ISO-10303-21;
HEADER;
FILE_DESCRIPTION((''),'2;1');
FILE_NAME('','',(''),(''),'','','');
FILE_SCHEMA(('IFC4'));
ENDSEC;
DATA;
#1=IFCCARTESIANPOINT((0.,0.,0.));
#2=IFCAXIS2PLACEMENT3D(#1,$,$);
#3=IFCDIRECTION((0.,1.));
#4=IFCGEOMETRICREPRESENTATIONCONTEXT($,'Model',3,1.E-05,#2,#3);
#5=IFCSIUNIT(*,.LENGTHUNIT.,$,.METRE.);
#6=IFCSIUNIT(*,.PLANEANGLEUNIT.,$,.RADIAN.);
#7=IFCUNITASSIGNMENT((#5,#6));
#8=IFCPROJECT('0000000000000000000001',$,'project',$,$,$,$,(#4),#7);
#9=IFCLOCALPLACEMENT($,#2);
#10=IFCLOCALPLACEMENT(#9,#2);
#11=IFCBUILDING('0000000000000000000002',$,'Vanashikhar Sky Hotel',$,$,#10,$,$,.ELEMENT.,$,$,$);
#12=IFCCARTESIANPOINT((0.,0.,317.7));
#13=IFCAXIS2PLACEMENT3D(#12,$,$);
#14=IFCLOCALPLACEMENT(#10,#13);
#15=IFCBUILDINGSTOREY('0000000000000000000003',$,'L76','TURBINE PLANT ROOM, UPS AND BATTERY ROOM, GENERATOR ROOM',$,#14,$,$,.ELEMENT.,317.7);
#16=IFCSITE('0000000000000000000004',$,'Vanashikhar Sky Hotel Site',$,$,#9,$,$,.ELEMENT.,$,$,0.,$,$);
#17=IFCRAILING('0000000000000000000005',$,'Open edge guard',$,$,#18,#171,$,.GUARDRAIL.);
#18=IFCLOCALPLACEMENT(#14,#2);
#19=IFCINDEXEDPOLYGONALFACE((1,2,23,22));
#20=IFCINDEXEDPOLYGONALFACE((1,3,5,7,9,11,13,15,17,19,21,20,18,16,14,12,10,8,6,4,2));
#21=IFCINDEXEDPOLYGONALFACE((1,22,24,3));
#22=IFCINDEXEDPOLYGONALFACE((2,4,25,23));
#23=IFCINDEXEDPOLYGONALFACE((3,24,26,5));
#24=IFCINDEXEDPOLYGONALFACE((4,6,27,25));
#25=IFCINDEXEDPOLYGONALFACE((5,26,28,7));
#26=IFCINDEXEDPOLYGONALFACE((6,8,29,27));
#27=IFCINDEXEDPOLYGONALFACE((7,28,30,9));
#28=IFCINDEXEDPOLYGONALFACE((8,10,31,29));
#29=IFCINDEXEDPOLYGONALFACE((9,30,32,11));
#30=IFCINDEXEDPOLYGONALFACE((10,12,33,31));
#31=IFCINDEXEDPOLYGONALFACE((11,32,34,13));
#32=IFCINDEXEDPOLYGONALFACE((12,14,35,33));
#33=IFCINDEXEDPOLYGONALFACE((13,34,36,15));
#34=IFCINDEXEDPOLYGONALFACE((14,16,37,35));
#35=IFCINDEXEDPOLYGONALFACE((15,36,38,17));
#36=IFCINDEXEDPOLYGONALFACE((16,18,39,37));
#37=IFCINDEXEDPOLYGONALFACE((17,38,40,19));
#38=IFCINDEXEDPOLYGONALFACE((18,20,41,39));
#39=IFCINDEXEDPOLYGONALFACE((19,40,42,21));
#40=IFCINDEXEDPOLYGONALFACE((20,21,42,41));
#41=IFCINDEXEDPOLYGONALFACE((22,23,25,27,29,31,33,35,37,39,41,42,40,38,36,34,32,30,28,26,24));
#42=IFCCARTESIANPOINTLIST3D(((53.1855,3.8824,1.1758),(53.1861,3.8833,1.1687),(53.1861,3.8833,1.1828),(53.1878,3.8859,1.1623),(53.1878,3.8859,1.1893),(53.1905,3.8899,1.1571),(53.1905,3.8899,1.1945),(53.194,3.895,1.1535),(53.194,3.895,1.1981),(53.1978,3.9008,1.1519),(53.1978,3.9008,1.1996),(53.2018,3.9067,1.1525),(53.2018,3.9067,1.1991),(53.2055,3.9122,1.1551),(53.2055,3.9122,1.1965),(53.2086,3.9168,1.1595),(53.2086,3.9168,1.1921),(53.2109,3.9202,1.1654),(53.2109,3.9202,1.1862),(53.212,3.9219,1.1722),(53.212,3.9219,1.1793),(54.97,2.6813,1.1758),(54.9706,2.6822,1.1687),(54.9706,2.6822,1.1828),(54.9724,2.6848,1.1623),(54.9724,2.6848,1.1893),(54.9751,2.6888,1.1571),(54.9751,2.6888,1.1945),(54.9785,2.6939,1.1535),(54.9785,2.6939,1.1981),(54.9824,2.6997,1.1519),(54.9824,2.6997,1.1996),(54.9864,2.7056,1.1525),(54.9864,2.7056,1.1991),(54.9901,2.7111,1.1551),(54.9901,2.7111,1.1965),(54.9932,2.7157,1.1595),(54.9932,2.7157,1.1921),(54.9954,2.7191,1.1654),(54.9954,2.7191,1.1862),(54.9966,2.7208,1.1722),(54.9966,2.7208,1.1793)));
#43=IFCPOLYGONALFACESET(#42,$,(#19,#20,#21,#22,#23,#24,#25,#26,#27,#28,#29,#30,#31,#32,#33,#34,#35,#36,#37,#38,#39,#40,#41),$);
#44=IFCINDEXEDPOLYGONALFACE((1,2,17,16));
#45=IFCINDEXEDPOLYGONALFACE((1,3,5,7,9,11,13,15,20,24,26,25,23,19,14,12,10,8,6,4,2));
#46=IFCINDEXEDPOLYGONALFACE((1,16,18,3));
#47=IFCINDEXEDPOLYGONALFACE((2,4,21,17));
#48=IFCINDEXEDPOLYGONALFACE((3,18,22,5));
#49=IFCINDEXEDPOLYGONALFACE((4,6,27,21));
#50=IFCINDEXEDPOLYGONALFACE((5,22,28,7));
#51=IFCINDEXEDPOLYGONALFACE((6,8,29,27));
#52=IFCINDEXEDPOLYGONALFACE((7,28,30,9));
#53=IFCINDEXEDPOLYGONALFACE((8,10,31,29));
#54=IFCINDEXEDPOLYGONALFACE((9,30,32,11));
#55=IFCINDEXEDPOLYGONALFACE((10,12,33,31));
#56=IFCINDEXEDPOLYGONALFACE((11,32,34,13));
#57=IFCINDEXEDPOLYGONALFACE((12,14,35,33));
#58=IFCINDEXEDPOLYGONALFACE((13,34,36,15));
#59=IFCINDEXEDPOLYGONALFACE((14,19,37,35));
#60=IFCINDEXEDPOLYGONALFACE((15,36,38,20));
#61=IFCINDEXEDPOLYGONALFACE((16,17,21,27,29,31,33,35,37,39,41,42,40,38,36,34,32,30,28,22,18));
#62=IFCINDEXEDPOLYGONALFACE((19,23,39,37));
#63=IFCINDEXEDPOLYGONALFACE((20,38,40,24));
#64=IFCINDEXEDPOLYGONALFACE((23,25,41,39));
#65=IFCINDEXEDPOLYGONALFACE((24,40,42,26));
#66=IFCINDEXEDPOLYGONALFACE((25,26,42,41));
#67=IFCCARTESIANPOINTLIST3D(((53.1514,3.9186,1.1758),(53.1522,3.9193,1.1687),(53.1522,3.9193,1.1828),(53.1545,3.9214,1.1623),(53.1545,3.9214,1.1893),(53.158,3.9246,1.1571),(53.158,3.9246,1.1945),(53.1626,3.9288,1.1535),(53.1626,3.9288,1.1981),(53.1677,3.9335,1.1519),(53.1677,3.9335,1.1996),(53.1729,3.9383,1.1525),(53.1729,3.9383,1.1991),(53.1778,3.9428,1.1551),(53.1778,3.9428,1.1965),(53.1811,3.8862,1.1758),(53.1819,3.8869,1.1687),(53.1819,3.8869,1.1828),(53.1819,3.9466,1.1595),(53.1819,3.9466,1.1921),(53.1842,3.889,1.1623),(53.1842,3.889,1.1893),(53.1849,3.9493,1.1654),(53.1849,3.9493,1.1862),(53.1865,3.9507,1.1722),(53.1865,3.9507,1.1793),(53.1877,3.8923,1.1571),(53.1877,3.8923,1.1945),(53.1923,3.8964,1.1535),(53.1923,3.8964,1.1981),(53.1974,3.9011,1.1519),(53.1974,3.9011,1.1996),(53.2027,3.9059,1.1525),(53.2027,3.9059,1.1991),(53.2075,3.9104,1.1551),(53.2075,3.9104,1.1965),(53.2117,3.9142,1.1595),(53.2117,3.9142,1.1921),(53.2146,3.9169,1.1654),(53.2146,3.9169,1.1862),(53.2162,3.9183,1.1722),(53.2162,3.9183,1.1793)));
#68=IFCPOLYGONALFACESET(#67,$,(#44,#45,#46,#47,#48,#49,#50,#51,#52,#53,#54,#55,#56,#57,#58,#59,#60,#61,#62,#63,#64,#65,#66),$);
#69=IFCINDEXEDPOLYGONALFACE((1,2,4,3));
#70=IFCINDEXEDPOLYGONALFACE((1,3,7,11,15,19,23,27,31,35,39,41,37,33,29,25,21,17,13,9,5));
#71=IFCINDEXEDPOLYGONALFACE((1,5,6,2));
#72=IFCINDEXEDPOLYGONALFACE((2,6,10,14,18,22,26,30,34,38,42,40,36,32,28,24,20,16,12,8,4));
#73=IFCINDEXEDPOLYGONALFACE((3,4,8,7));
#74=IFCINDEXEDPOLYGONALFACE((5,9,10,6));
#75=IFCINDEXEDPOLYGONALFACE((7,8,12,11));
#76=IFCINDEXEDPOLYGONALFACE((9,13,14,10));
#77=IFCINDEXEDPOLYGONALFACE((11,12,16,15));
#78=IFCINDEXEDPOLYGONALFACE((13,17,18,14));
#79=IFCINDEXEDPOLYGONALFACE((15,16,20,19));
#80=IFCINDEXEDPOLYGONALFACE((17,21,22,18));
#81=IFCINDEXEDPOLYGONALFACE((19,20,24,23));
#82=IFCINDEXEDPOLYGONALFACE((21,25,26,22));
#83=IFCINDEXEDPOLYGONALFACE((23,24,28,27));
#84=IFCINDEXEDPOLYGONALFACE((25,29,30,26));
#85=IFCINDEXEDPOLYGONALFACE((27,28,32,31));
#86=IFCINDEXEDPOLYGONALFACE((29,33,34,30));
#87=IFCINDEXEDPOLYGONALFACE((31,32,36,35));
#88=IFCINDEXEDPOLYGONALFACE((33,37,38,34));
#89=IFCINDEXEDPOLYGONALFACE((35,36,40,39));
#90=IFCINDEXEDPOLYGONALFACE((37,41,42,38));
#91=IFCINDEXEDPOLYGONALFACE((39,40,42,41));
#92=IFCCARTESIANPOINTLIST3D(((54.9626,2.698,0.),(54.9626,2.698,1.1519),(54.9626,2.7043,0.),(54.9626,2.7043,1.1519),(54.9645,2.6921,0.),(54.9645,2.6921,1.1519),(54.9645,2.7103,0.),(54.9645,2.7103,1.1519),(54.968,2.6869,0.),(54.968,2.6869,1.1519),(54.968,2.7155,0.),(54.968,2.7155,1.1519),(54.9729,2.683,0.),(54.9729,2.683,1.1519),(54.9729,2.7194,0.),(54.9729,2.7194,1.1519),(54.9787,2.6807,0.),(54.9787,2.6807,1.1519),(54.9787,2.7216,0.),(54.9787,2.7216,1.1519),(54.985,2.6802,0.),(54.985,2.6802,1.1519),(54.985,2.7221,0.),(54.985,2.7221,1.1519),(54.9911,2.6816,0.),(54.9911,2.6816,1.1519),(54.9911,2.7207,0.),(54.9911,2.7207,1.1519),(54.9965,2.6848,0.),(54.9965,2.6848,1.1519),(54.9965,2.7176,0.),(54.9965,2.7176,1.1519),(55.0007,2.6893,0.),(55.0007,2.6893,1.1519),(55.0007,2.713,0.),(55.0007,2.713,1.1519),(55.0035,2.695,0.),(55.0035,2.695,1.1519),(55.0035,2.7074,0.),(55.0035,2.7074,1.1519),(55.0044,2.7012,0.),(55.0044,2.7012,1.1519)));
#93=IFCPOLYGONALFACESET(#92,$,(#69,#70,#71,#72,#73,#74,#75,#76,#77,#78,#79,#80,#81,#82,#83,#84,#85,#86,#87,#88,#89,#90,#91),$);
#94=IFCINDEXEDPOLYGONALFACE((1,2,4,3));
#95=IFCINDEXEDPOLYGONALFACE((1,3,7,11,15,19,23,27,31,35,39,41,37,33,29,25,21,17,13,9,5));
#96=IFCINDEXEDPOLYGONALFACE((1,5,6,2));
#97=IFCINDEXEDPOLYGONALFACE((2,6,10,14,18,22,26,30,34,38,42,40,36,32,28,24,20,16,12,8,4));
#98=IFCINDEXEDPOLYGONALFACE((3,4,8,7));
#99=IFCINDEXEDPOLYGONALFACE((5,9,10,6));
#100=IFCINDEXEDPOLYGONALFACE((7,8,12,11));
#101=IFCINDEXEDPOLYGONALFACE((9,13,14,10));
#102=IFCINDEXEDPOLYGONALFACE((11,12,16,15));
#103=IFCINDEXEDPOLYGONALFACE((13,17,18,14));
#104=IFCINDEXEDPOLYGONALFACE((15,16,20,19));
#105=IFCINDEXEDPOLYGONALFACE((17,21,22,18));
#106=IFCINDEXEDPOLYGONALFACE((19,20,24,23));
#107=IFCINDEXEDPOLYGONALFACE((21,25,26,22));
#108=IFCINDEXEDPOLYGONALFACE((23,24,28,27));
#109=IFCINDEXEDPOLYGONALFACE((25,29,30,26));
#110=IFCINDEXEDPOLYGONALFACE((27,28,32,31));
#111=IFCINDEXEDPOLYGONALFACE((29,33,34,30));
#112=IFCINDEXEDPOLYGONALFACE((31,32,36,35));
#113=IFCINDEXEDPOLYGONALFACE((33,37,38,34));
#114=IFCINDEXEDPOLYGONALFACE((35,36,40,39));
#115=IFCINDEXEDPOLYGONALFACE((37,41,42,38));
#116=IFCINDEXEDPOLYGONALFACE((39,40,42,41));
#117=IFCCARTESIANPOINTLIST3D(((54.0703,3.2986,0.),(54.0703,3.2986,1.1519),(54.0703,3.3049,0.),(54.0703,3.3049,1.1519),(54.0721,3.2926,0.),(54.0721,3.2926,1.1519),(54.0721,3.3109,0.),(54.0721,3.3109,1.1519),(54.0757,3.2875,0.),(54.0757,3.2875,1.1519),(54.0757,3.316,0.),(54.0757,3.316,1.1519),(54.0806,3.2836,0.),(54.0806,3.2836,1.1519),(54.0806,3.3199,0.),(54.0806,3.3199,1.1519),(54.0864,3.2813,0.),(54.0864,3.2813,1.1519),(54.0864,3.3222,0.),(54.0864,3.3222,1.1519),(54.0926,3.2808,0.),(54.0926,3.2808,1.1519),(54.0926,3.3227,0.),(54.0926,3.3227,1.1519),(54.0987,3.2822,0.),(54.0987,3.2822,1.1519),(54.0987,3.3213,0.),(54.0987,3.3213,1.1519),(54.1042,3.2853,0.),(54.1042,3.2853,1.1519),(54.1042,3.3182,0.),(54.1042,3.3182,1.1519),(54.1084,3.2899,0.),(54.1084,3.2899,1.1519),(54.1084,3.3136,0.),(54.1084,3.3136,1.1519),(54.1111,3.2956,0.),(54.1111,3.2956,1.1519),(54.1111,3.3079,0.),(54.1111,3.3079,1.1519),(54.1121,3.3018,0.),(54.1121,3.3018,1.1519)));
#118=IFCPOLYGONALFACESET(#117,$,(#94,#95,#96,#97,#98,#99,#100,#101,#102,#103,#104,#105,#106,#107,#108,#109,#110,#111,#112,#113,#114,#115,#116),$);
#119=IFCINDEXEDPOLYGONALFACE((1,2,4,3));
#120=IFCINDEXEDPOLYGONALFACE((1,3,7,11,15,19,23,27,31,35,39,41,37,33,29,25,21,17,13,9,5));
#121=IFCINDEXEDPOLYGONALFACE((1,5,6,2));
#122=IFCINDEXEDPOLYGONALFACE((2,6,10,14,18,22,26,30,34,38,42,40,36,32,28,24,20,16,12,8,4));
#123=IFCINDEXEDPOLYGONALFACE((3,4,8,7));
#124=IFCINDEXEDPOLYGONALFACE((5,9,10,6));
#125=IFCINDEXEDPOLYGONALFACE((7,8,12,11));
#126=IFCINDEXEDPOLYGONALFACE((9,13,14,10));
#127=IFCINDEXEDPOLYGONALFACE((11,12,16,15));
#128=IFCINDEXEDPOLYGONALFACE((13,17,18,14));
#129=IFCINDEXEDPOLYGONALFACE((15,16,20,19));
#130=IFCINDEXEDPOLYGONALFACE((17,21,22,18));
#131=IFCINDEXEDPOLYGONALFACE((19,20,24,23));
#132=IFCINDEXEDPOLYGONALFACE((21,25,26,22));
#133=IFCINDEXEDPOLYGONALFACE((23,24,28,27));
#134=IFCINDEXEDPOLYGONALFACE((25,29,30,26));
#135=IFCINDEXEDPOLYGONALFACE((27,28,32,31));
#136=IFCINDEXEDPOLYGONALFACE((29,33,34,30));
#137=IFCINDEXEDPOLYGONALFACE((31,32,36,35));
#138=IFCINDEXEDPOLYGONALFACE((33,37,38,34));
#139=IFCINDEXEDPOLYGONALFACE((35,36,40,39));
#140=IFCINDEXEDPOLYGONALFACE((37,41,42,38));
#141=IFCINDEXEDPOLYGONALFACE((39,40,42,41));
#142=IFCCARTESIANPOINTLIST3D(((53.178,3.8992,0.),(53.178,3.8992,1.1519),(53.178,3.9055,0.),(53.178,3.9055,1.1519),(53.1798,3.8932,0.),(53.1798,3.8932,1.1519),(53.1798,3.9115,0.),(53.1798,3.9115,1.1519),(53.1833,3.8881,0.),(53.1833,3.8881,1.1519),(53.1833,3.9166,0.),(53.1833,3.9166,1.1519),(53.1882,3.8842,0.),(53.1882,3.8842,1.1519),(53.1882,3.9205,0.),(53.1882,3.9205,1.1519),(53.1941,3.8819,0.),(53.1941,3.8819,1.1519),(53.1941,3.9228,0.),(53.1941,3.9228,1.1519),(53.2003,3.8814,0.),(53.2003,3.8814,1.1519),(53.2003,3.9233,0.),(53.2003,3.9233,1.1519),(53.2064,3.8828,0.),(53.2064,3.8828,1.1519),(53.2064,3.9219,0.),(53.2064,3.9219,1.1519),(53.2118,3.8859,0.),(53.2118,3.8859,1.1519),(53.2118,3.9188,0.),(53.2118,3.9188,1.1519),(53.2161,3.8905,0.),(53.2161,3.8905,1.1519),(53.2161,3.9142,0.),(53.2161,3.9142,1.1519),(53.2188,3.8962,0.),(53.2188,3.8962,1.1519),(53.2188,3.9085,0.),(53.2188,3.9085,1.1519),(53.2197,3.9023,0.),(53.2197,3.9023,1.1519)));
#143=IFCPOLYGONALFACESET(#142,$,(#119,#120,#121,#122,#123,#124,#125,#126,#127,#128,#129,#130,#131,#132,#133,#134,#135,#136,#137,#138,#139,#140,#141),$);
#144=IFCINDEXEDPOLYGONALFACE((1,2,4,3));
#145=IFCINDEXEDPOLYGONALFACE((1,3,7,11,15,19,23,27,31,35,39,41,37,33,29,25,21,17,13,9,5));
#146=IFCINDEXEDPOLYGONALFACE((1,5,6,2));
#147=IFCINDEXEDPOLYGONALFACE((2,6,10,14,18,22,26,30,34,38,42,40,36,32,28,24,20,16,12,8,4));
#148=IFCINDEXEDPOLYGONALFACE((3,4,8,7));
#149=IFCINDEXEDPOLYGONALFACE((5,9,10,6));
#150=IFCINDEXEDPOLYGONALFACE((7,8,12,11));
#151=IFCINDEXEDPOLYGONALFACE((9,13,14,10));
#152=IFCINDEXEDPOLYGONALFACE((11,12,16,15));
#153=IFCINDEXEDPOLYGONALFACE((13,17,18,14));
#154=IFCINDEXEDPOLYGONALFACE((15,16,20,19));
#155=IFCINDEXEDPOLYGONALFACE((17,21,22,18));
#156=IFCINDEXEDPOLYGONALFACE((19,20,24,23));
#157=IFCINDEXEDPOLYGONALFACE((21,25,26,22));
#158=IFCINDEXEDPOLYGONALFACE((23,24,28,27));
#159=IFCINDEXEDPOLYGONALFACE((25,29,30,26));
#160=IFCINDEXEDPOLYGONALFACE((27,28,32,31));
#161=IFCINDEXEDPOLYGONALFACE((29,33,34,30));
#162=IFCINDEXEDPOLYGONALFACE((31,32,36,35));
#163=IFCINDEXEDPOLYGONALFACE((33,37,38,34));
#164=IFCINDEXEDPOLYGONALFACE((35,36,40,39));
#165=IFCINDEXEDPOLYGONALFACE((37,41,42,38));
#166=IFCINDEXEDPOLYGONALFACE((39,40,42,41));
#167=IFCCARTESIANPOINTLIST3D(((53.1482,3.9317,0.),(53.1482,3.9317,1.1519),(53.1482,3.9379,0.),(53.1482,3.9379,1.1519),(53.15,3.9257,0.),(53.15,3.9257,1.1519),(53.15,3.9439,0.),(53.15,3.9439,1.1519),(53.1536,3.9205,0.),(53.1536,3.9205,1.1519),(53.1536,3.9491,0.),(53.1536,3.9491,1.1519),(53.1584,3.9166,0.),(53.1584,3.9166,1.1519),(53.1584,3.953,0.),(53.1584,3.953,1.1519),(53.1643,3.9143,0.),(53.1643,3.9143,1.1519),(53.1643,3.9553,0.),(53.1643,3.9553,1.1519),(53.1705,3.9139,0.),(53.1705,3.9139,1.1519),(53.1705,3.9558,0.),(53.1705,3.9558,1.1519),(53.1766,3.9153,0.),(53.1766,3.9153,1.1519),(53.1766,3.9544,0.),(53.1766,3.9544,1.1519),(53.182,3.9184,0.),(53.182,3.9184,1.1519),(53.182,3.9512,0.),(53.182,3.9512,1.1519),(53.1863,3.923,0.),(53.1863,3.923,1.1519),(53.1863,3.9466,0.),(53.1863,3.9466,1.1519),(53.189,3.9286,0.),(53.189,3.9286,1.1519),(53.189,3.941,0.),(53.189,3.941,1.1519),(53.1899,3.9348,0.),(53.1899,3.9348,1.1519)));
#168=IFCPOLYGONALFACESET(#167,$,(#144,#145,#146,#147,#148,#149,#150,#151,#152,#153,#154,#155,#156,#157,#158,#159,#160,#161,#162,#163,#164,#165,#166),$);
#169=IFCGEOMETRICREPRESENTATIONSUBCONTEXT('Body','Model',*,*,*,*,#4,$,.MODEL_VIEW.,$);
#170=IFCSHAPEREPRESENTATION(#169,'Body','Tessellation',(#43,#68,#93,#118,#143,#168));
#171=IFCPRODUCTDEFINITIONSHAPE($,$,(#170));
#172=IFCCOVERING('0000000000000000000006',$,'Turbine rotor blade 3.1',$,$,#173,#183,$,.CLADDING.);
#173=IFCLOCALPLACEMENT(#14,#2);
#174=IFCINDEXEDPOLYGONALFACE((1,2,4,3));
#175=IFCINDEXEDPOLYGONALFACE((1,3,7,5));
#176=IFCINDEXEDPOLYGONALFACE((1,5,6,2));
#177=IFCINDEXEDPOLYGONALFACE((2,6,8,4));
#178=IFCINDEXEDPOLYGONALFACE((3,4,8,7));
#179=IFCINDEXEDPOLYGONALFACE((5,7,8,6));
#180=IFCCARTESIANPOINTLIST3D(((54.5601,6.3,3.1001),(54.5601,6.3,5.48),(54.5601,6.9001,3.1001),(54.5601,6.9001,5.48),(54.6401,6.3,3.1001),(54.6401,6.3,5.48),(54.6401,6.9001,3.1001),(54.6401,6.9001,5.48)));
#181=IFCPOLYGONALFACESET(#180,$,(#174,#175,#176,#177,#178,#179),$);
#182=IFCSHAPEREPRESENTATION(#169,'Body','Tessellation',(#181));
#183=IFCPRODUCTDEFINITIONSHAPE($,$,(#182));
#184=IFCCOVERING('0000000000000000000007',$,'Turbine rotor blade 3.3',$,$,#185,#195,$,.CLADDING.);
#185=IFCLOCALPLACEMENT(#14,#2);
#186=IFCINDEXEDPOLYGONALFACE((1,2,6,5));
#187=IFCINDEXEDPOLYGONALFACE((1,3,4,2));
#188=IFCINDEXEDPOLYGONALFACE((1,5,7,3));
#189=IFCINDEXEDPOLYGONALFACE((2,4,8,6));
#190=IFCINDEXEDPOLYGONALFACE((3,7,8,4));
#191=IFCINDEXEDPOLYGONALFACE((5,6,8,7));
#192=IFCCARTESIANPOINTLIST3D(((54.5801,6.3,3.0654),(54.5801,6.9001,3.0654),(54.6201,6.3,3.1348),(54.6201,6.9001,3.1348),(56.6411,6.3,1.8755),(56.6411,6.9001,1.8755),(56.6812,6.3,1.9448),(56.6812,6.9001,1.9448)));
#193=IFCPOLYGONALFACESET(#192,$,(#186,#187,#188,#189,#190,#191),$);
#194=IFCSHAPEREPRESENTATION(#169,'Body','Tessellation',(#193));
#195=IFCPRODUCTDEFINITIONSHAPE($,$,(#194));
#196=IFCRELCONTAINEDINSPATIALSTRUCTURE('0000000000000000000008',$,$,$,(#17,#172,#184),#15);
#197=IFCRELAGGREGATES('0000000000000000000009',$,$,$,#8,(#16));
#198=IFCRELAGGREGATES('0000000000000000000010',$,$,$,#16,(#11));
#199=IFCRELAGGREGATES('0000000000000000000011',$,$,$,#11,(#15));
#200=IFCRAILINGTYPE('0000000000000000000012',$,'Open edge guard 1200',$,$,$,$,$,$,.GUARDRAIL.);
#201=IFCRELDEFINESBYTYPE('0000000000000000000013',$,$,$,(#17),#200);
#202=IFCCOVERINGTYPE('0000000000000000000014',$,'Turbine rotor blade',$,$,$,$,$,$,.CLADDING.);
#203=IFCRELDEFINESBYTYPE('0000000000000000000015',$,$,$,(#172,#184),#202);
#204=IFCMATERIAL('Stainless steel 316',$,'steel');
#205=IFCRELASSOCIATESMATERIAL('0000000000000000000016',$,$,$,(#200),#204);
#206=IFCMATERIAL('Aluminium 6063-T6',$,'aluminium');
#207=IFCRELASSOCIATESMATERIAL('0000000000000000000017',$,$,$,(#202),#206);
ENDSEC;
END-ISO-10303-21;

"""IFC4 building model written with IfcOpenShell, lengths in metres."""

from ifc_helpers import new_model, si_unit, direction, frame, origin, origin_2d, place, context, subcontext, project, spatial, rectangle, circle, extrude, source, transform, mapped, material, material_profile, profile_set, type_object, element, save


model = new_model("IFC4")

# Units and contexts
model_context = context("Model", 3, precision=1e-05, world=origin(), true_north=direction((0.0, 1.0)))
body_context = subcontext(model_context, "Body", "Model", "MODEL_VIEW")
ifc_project = project(units=[si_unit("LENGTHUNIT", "METRE"), si_unit("PLANEANGLEUNIT", "RADIAN")], contexts=[model_context])

# Site, building, storey
site_placement = place(None, origin())
site = spatial("IfcSite", under=ifc_project, at=site_placement, Name="Vanashikhar Sky Hotel Site", CompositionType="ELEMENT", RefElevation=0.0)
building_placement = place(site_placement, origin())
building = spatial("IfcBuilding", under=site, at=building_placement, Name="Vanashikhar Sky Hotel", CompositionType="ELEMENT")
storey_placement = place(building_placement, frame((0.0, 0.0, 317.7)))
storey = spatial("IfcBuildingStorey", under=building, at=storey_placement, Name="L76", Description="TURBINE PLANT ROOM, UPS AND BATTERY ROOM, GENERATOR ROOM", CompositionType="ELEMENT", Elevation=317.7)

# Railing
ifc_material_1 = material(Name="Stainless steel 316", Category="steel")
railing_type = type_object("IfcRailingType", Name="Open edge guard 1200", PredefinedType="GUARDRAIL", material=ifc_material_1)
shared_shape_1 = source(origin(), body_context, "Body", "SweptSolid", [
    extrude(circle(Radius=0.0239, at=origin_2d()), frame((0.0, 0.0, 1.1758), z_axis=(-0.829598, 0.558361, 0.0), x_axis=(-0.558361, -0.829598, 0.0)), (0.0, 0.0, 1.0), 2.1511),
    extrude(circle(Radius=0.0239, at=origin_2d()), frame((-1.7847, 1.2012, 1.1758), z_axis=(-0.675975, 0.736924, 0.0), x_axis=(-0.736924, -0.675975, 0.0)), (0.0, 0.0, 1.0), 0.0439),
    extrude(circle(Radius=0.021, at=origin_2d()), origin(), (0.0, 0.0, 1.0), 1.1519),
    extrude(circle(Radius=0.021, at=origin_2d()), frame((-0.8923, 0.6006, 0.0)), (0.0, 0.0, 1.0), 1.1519),
    extrude(circle(Radius=0.021, at=origin_2d()), frame((-1.7847, 1.2012, 0.0)), (0.0, 0.0, 1.0), 1.1519),
    extrude(circle(Radius=0.021, at=origin_2d()), frame((-1.8145, 1.2336, 0.0)), (0.0, 0.0, 1.0), 1.1519),
])
railing_1_placement = place(storey_placement, frame((54.9834, 2.7012, 0.0)))
element("IfcRailing", 1, at=railing_1_placement, inside=storey, type_object=railing_type, Name="Open edge guard", PredefinedType="GUARDRAIL", context=body_context, shape_type="MappedRepresentation", body=[
    mapped(shared_shape_1, transform((0.0, 0.0, 0.0), scale=1.0)),
])

# Coverings
ifc_material_2 = material(Name="Aluminium 6063-T6", Category="aluminium")
ifc_material_profile_1 = material_profile(ifc_material_2, rectangle(XDim=0.6001, YDim=0.0801, at=origin_2d()))
ifc_profile_set_1 = profile_set([ifc_material_profile_1], Name="Turbine rotor blade")
covering_type_1 = type_object("IfcCoveringType", Name="Turbine rotor blade", PredefinedType="CLADDING", material=ifc_profile_set_1)
shared_shape_2 = source(origin(), body_context, "Body", "SweptSolid", [
    extrude(rectangle(XDim=0.6001, YDim=0.0801, at=origin_2d()), origin(), (0.0, 0.0, 1.0), 2.3799),
])
covering_1_placement = place(storey_placement, frame((54.6001, 6.6001, 3.1001), z_axis=(0.0, 0.0, 1.0), x_axis=(0.0, 1.0, 0.0)))
element("IfcCovering", 2, at=covering_1_placement, inside=storey, type_object=covering_type_1, Name="Turbine rotor blade 3.1", PredefinedType="CLADDING", context=body_context, shape_type="MappedRepresentation", body=[
    mapped(shared_shape_2, transform((0.0, 0.0, 0.0), scale=1.0)),
])
shared_shape_3 = source(origin(), body_context, "Body", "SweptSolid", [
    extrude(rectangle(XDim=0.6001, YDim=0.0801, at=origin_2d()), origin(), (0.0, 0.0, 1.0), 2.3799),
])
covering_2_placement = place(storey_placement, frame((54.6001, 6.6001, 3.1001), z_axis=(0.866025, 0.0, -0.500001), x_axis=(0.0, 1.0, 0.0)))
element("IfcCovering", 3, at=covering_2_placement, inside=storey, type_object=covering_type_1, Name="Turbine rotor blade 3.3", PredefinedType="CLADDING", context=body_context, shape_type="MappedRepresentation", body=[
    mapped(shared_shape_3, transform((0.0, 0.0, 0.0), scale=1.0)),
])

save(model, "model.ifc")
